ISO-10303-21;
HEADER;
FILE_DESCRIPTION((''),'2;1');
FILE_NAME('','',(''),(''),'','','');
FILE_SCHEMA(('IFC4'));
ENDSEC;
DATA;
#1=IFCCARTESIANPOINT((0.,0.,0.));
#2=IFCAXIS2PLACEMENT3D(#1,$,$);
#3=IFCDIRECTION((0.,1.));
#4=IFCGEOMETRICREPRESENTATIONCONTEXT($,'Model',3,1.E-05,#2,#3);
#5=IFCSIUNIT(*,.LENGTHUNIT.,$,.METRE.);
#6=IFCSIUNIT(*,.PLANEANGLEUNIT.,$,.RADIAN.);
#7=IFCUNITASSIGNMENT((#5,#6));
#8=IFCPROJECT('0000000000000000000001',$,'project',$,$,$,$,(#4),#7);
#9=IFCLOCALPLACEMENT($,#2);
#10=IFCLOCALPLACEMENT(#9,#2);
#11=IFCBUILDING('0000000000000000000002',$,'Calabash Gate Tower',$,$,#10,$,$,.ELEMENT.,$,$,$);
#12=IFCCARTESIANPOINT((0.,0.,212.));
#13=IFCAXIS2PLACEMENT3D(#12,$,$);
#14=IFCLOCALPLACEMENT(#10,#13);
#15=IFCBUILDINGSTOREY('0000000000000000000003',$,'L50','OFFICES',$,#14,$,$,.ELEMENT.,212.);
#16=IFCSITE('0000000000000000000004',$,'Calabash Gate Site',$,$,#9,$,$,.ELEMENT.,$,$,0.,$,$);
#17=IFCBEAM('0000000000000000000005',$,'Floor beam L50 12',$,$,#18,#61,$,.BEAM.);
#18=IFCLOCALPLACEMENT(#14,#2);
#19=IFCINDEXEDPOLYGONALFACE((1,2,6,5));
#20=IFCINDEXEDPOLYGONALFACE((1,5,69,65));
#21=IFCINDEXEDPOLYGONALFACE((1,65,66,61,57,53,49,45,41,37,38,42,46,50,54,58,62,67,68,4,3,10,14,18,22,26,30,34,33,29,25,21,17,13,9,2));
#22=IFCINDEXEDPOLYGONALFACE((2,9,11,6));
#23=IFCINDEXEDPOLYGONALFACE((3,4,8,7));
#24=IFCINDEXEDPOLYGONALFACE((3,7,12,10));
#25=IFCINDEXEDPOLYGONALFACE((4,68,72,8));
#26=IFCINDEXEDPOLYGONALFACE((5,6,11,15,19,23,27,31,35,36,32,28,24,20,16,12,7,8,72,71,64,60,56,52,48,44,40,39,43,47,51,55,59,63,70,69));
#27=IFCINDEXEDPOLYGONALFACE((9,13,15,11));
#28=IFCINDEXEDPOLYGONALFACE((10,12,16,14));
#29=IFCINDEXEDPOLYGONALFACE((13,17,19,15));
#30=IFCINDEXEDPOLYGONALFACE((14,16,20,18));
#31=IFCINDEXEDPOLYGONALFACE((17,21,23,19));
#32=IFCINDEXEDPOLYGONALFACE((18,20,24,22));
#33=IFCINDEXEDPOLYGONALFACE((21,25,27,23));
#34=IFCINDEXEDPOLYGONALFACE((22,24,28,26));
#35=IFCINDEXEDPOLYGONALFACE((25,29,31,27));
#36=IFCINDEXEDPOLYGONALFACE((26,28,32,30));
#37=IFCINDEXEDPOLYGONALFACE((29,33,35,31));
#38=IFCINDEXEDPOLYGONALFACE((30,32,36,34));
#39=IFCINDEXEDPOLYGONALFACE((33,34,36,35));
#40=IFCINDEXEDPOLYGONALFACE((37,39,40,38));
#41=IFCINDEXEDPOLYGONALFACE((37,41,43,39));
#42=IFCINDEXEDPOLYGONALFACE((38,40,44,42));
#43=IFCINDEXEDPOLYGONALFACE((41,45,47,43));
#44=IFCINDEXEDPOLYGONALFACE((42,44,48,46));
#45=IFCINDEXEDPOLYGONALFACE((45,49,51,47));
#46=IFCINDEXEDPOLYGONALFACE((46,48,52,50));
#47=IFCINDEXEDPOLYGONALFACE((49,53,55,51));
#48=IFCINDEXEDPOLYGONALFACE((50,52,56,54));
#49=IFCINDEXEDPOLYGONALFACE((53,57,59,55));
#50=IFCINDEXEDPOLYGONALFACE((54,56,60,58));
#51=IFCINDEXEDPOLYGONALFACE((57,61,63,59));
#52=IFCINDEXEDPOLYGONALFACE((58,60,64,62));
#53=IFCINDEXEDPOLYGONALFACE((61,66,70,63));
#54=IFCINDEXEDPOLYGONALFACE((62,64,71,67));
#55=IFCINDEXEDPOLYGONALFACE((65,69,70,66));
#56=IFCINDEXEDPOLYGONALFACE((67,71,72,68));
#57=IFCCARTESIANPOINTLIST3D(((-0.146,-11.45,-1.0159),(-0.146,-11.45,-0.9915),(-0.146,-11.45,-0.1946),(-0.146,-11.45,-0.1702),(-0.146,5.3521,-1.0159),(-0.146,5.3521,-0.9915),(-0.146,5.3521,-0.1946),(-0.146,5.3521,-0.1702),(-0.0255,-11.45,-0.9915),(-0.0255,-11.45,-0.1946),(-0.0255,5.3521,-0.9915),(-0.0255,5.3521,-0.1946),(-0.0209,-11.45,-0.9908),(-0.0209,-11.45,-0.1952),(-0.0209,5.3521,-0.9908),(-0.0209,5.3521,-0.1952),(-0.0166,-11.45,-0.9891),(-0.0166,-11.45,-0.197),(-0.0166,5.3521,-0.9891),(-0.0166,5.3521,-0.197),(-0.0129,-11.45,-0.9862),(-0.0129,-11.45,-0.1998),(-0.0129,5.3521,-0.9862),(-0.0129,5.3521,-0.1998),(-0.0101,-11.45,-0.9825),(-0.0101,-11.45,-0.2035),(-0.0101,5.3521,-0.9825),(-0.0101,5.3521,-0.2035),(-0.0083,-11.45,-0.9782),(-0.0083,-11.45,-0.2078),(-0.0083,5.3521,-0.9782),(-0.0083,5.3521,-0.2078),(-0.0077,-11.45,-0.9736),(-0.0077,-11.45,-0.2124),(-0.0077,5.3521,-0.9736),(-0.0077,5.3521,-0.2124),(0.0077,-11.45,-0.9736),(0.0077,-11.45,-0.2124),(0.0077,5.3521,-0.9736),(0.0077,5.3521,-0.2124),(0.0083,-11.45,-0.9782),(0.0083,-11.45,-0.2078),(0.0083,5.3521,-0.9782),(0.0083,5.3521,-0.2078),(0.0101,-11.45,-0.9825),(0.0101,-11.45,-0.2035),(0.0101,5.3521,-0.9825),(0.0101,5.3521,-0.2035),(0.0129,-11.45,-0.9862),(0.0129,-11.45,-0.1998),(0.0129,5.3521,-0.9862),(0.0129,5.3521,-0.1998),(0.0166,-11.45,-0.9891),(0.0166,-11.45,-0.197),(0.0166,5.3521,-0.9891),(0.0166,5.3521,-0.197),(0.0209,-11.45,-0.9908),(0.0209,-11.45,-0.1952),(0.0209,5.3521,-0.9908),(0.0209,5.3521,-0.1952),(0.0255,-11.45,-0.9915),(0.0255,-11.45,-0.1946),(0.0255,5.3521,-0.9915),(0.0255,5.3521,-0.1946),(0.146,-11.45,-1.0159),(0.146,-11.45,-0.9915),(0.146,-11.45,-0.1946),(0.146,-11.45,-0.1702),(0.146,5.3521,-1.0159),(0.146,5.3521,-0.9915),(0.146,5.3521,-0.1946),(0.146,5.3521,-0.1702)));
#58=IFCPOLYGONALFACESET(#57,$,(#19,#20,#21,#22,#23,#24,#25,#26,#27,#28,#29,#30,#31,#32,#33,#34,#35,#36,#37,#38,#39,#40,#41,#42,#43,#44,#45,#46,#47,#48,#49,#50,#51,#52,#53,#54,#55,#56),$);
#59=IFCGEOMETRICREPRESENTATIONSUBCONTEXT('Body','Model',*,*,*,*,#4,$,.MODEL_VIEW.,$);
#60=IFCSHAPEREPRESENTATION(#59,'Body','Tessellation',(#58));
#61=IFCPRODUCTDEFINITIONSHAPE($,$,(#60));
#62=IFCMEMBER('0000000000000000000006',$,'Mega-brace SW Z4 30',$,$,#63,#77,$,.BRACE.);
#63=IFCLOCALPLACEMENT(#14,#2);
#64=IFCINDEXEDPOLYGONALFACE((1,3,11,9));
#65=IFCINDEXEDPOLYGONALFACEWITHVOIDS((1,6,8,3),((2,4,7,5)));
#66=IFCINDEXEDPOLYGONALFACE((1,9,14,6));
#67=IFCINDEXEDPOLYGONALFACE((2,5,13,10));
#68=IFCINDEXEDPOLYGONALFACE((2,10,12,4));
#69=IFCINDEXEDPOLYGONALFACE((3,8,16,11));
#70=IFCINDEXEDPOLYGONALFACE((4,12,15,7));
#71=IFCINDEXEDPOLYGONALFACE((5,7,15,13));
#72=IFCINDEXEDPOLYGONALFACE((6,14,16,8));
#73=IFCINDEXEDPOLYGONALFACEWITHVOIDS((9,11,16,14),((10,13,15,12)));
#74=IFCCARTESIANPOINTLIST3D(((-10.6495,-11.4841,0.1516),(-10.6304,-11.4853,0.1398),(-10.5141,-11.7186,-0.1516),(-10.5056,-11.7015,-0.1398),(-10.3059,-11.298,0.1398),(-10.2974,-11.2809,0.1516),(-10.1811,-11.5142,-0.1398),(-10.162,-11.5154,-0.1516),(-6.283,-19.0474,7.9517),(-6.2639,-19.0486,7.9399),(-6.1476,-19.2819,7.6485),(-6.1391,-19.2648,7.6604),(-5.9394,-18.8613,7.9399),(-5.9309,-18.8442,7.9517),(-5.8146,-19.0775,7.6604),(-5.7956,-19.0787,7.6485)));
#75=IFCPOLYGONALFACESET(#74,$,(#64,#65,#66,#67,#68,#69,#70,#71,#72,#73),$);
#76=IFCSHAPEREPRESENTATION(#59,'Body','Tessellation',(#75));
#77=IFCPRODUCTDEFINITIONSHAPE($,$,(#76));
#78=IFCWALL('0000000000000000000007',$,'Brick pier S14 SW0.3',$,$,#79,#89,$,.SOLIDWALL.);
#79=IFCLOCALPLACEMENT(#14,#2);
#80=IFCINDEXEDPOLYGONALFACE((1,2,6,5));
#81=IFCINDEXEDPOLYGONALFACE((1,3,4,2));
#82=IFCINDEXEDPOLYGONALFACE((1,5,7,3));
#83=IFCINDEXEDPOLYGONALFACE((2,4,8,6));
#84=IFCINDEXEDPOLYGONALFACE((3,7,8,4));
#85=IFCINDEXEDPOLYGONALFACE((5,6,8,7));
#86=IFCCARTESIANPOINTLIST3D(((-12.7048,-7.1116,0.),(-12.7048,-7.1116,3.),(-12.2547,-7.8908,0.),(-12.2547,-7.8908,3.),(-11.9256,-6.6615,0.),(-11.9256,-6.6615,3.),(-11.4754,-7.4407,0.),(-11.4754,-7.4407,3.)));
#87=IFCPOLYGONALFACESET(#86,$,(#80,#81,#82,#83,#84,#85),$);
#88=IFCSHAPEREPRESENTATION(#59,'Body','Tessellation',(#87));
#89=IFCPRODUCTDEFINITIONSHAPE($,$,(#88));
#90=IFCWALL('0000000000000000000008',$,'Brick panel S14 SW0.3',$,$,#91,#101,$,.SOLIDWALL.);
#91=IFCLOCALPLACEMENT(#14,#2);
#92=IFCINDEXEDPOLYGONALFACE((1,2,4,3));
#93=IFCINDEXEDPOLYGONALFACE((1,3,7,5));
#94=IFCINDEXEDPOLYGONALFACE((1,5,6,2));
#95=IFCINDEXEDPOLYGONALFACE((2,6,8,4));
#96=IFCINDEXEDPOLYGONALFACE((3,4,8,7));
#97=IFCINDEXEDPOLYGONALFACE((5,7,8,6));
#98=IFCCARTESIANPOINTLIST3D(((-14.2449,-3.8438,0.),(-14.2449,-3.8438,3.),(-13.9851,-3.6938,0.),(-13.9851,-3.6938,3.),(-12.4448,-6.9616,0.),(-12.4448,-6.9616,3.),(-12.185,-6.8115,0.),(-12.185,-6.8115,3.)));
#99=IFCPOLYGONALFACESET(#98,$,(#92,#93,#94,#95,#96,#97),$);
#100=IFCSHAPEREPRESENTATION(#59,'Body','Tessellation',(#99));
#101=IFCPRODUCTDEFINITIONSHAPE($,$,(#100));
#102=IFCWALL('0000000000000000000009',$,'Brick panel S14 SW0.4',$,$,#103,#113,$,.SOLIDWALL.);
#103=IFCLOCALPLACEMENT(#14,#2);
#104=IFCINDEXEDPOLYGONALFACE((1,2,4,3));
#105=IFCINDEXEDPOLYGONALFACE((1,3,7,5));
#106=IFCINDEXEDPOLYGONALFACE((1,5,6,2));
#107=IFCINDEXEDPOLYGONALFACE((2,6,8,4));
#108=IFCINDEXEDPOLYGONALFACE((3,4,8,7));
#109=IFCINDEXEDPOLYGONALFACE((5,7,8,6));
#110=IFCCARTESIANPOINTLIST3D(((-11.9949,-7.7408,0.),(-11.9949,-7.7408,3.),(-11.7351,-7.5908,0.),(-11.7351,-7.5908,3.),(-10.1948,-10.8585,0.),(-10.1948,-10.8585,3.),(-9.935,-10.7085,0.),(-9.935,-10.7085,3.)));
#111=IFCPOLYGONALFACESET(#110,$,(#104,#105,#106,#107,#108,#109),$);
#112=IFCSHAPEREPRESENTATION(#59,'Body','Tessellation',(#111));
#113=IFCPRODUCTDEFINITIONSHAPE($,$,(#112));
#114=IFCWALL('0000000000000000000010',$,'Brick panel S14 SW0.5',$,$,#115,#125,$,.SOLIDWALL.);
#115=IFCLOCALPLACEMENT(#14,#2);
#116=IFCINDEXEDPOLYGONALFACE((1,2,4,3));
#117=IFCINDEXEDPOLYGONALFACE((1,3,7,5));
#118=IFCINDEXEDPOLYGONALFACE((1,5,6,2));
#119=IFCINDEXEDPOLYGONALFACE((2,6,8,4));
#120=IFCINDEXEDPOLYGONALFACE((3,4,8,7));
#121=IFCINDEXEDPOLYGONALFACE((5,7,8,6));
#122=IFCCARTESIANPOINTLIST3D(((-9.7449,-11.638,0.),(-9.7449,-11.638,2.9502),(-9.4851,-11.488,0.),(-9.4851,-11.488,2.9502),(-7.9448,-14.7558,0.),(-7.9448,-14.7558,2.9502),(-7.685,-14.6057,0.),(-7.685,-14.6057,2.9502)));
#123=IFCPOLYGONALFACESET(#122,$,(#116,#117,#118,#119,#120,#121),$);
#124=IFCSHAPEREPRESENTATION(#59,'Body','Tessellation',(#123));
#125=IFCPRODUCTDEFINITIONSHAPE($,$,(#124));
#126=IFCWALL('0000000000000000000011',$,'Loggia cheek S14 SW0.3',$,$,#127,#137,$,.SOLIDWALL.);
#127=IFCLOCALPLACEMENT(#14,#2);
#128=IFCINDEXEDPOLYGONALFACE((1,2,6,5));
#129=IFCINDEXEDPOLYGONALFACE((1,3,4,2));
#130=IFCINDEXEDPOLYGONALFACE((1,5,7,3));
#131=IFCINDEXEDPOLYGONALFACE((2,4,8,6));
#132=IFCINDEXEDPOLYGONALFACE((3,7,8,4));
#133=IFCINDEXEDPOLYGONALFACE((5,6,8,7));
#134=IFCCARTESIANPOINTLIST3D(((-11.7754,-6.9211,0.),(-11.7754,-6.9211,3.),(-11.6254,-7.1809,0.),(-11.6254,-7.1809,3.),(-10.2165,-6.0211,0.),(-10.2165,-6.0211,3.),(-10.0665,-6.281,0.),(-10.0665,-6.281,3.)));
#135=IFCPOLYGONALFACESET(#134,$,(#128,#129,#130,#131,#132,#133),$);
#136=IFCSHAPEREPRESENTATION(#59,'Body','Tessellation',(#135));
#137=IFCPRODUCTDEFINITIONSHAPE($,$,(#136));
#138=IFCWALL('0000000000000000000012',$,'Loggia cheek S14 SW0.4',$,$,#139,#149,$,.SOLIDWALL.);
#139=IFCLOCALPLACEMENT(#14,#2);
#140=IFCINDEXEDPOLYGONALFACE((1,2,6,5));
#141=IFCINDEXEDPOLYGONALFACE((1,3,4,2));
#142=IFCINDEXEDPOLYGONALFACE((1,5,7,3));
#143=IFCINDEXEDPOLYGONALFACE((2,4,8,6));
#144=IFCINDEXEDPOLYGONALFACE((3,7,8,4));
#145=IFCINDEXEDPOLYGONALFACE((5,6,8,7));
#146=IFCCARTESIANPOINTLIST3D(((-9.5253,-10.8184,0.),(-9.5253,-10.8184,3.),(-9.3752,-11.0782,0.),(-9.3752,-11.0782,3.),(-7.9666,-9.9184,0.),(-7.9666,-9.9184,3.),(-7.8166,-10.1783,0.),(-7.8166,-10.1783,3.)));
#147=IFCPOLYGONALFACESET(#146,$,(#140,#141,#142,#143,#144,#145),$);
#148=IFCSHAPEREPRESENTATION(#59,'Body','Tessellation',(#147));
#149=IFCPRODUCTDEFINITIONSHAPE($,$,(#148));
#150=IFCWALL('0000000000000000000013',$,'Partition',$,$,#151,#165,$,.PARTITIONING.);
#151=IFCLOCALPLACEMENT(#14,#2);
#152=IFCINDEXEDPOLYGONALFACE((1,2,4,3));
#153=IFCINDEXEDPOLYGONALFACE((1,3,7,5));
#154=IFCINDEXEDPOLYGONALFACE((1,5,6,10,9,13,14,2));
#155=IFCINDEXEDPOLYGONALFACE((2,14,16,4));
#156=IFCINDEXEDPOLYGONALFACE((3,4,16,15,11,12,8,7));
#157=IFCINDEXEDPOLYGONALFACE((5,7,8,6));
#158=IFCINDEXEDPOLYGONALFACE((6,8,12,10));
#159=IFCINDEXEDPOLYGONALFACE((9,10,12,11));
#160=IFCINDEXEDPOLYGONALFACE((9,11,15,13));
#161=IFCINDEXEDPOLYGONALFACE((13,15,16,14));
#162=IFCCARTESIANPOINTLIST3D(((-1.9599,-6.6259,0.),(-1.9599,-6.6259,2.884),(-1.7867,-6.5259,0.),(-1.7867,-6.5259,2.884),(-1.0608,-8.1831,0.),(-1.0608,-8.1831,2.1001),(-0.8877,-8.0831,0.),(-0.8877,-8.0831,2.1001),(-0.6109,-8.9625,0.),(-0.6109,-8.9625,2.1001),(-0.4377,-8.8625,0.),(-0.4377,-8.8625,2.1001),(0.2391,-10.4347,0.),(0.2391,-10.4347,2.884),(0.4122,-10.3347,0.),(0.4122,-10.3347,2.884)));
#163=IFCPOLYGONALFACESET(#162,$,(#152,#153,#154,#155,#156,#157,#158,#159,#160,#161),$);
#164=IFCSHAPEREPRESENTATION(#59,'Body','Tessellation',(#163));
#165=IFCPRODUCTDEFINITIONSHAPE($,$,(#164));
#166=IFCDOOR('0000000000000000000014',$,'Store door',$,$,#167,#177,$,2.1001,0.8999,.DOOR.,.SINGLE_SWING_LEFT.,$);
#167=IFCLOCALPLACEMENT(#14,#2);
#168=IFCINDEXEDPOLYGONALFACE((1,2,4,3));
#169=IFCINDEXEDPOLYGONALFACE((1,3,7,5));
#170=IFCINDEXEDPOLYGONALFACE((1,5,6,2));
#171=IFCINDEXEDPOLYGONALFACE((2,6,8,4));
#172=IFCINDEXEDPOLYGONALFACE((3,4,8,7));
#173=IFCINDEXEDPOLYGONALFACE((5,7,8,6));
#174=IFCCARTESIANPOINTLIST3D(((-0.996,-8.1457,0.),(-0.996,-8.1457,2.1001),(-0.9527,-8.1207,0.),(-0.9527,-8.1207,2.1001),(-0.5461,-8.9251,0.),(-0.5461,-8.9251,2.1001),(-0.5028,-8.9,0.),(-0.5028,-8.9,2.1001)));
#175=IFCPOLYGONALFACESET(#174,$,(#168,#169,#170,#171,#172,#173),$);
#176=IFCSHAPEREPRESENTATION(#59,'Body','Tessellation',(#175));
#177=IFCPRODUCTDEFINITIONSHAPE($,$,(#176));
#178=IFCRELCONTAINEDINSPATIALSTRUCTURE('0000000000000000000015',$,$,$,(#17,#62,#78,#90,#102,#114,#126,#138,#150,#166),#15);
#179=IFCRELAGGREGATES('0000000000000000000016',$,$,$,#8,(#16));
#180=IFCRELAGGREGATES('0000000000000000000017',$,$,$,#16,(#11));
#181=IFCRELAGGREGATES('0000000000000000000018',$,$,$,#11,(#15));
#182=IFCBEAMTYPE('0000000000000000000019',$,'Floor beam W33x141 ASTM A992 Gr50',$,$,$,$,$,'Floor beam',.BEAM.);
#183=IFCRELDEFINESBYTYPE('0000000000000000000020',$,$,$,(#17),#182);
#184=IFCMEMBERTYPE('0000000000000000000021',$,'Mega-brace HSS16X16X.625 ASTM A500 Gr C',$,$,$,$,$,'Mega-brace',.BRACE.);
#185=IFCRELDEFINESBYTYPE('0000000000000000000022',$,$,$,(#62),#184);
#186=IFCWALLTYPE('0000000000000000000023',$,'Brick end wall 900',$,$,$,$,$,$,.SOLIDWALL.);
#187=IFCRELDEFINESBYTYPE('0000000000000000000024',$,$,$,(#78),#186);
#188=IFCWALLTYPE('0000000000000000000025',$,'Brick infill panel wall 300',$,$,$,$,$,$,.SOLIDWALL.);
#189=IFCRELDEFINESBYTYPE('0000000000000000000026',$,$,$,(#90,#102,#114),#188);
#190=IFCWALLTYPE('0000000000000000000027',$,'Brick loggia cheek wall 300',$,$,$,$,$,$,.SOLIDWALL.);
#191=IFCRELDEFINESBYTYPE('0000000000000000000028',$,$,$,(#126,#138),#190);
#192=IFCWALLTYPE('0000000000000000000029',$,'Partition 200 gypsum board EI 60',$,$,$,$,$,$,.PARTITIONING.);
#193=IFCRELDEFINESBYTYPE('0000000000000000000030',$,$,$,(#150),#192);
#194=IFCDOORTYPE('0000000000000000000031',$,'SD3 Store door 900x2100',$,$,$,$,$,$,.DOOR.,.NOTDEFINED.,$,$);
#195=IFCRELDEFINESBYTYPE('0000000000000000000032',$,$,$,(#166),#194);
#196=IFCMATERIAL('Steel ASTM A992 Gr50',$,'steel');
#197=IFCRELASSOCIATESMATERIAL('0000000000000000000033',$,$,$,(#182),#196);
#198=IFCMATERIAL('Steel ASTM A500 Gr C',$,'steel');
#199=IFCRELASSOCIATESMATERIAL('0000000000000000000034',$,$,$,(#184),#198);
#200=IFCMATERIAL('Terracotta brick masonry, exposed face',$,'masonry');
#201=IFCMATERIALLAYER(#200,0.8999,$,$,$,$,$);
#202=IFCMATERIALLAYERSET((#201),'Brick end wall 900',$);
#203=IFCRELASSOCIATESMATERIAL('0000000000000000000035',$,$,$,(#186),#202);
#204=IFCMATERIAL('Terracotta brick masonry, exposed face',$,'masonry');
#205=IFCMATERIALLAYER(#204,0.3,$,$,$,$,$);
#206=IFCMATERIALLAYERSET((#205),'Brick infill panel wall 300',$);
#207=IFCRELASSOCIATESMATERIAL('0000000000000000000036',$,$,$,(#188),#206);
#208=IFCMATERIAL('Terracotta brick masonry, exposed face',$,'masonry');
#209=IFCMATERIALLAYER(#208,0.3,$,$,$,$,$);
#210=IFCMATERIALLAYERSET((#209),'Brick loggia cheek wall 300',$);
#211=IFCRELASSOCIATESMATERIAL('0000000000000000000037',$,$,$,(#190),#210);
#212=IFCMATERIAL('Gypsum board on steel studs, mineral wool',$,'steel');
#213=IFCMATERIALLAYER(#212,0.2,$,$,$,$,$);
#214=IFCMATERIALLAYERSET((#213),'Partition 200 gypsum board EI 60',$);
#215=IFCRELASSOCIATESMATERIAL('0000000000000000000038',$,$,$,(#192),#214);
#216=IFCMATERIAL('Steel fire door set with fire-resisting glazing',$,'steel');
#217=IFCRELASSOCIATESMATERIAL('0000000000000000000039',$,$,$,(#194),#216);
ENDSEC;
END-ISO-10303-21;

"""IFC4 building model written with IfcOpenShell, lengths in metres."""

from ifc_helpers import new_model, si_unit, direction, frame, frame_2d, origin, origin_2d, place, context, subcontext, project, spatial, rectangle, hollow_rectangle, i_section, extrude, material, layer, layer_set, material_profile, profile_set, type_object, element, fill, save


model = new_model("IFC4")

# Units and contexts
model_context = context("Model", 3, precision=1e-05, world=origin(), true_north=direction((0.0, 1.0)))
body_context = subcontext(model_context, "Body", "Model", "MODEL_VIEW")
ifc_project = project(units=[si_unit("LENGTHUNIT", "METRE"), si_unit("PLANEANGLEUNIT", "RADIAN")], contexts=[model_context])

# Site, building, storey
site_placement = place(None, origin())
site = spatial("IfcSite", under=ifc_project, at=site_placement, Name="Calabash Gate Site", CompositionType="ELEMENT", RefElevation=0.0)
building_placement = place(site_placement, origin())
building = spatial("IfcBuilding", under=site, at=building_placement, Name="Calabash Gate Tower", CompositionType="ELEMENT")
storey_placement = place(building_placement, frame((0.0, 0.0, 212.0)))
storey = spatial("IfcBuildingStorey", under=building, at=storey_placement, Name="L50", Description="OFFICES", CompositionType="ELEMENT", Elevation=212.0)

# Beam
ifc_material_1 = material(Name="Steel ASTM A992 Gr50", Category="steel")
ifc_material_profile_1 = material_profile(ifc_material_1, i_section(OverallWidth=0.292, OverallDepth=0.8457, WebThickness=0.0154, FlangeThickness=0.0244, FilletRadius=0.0178, at=origin_2d()))
ifc_profile_set_1 = profile_set([ifc_material_profile_1], Name="Steel ASTM A992 Gr50")
beam_type_1 = type_object("IfcBeamType", Name="Floor beam W33x141 ASTM A992 Gr50", ElementType="Floor beam", PredefinedType="BEAM", material=ifc_profile_set_1)
beam_1_placement = place(storey_placement, frame((0.0, -11.45, -0.593), z_axis=(0.0, 1.0, 0.0), x_axis=(-1.0, 0.0, 0.0)))
element("IfcBeam", 1, at=beam_1_placement, inside=storey, type_object=beam_type_1, Name="Floor beam L50 12", PredefinedType="BEAM", context=body_context, shape_type="SweptSolid", body=[
    extrude(i_section(OverallWidth=0.292, OverallDepth=0.8457, WebThickness=0.0154, FlangeThickness=0.0244, FilletRadius=0.0178, at=origin_2d()), origin(), (0.0, 0.0, 1.0), 16.802),
])

# Member
ifc_material_2 = material(Name="Steel ASTM A500 Gr C", Category="steel")
ifc_material_profile_2 = material_profile(ifc_material_2, hollow_rectangle(XDim=0.4065, YDim=0.4065, WallThickness=0.0159, at=origin_2d()))
ifc_profile_set_2 = profile_set([ifc_material_profile_2], Name="Steel ASTM A500 Gr C")
member_type = type_object("IfcMemberType", Name="Mega-brace HSS16X16X.625 ASTM A500 Gr C", ElementType="Mega-brace", PredefinedType="BRACE", material=ifc_profile_set_2)
member_placement = place(storey_placement, frame((-10.4058, -11.4998, 0.0), z_axis=(0.372903, -0.645913, 0.666138), x_axis=(0.866034, 0.499985, 0.0)))
element("IfcMember", 2, at=member_placement, inside=storey, type_object=member_type, Name="Mega-brace SW Z4 30", PredefinedType="BRACE", context=body_context, shape_type="SweptSolid", body=[
    extrude(hollow_rectangle(XDim=0.4065, YDim=0.4065, WallThickness=0.0159, at=origin_2d()), origin(), (0.0, 0.0, 1.0), 11.7095),
])

# Walls
ifc_material_3 = material(Name="Terracotta brick masonry, exposed face", Category="masonry")
ifc_layer_1 = layer(ifc_material_3, 0.8999)
ifc_layer_set_1 = layer_set([ifc_layer_1], Name="Brick end wall 900")
wall_type_1 = type_object("IfcWallType", Name="Brick end wall 900", PredefinedType="SOLIDWALL", material=ifc_layer_set_1)
wall_1_placement = place(storey_placement, frame((-12.4797, -7.5012, 0.0), z_axis=(0.0, 0.0, 1.0), x_axis=(0.865896, 0.500223, 0.0)))
element("IfcWall", 3, at=wall_1_placement, inside=storey, type_object=wall_type_1, Name="Brick pier S14 SW0.3", PredefinedType="SOLIDWALL", context=body_context, shape_type="SweptSolid", body=[
    extrude(rectangle(XDim=0.8999, YDim=0.8999, at=frame_2d((0.45, 0.0))), origin(), (0.0, 0.0, 1.0), 3.0),
])
ifc_material_4 = material(Name="Terracotta brick masonry, exposed face", Category="masonry")
ifc_layer_2 = layer(ifc_material_4, 0.3)
ifc_layer_set_2 = layer_set([ifc_layer_2], Name="Brick infill panel wall 300")
wall_type_2 = type_object("IfcWallType", Name="Brick infill panel wall 300", PredefinedType="SOLIDWALL", material=ifc_layer_set_2)
for number, where, z_axis, x_axis, name in (
    (4, (-14.115, -3.7688, 0.0), (0.0, 0.0, 1.0), (0.500012, -0.866018, 0.0), "Brick panel S14 SW0.3"),
    (5, (-11.865, -7.6658, 0.0), (0.0, 0.0, 1.0), (0.500012, -0.866018, 0.0), "Brick panel S14 SW0.4"),
):
    element("IfcWall", number, at=place(storey_placement, frame(where, z_axis=z_axis, x_axis=x_axis)), inside=storey, type_object=wall_type_2, Name=name, PredefinedType="SOLIDWALL", context=body_context, shape_type="SweptSolid", body=[
        extrude(rectangle(XDim=3.6001, YDim=0.3, at=frame_2d((1.8, 0.0))), origin(), (0.0, 0.0, 1.0), 3.0),
    ])
wall_2_placement = place(storey_placement, frame((-9.615, -11.563, 0.0), z_axis=(0.0, 0.0, 1.0), x_axis=(0.500012, -0.866018, 0.0)))
element("IfcWall", 6, at=wall_2_placement, inside=storey, type_object=wall_type_2, Name="Brick panel S14 SW0.5", PredefinedType="SOLIDWALL", context=body_context, shape_type="SweptSolid", body=[
    extrude(rectangle(XDim=3.6001, YDim=0.3, at=frame_2d((1.8, 0.0))), origin(), (0.0, 0.0, 1.0), 2.9502),
])
ifc_material_5 = material(Name="Terracotta brick masonry, exposed face", Category="masonry")
ifc_layer_3 = layer(ifc_material_5, 0.3)
ifc_layer_set_3 = layer_set([ifc_layer_3], Name="Brick loggia cheek wall 300")
wall_type_3 = type_object("IfcWallType", Name="Brick loggia cheek wall 300", PredefinedType="SOLIDWALL", material=ifc_layer_set_3)
wall_3_placement = place(storey_placement, frame((-10.1416, -6.1511, 0.0), z_axis=(0.0, 0.0, 1.0), x_axis=(-0.866048, -0.499961, 0.0)))
element("IfcWall", 7, at=wall_3_placement, inside=storey, type_object=wall_type_3, Name="Loggia cheek S14 SW0.3", PredefinedType="SOLIDWALL", context=body_context, shape_type="SweptSolid", body=[
    extrude(rectangle(XDim=1.8, YDim=0.3, at=frame_2d((0.8999, 0.0))), origin(), (0.0, 0.0, 1.0), 3.0),
])
wall_4_placement = place(storey_placement, frame((-7.8916, -10.0483, 0.0), z_axis=(0.0, 0.0, 1.0), x_axis=(-0.866014, -0.50002, 0.0)))
element("IfcWall", 8, at=wall_4_placement, inside=storey, type_object=wall_type_3, Name="Loggia cheek S14 SW0.4", PredefinedType="SOLIDWALL", context=body_context, shape_type="SweptSolid", body=[
    extrude(rectangle(XDim=1.7998, YDim=0.3, at=frame_2d((0.8999, 0.0))), origin(), (0.0, 0.0, 1.0), 3.0),
])

# Wall, opening, door
ifc_material_6 = material(Name="Gypsum board on steel studs, mineral wool", Category="steel")
ifc_layer_4 = layer(ifc_material_6, 0.2)
ifc_layer_set_4 = layer_set([ifc_layer_4], Name="Partition 200 gypsum board EI 60")
wall_type_4 = type_object("IfcWallType", Name="Partition 200 gypsum board EI 60", PredefinedType="PARTITIONING", material=ifc_layer_set_4)
wall_5_placement = place(storey_placement, frame((-1.8733, -6.5759, 0.0), z_axis=(0.0, 0.0, 1.0), x_axis=(0.49999, -0.866031, 0.0)))
wall_5 = element("IfcWall", 9, at=wall_5_placement, inside=storey, type_object=wall_type_4, Name="Partition", PredefinedType="PARTITIONING", context=body_context, shape_type="SweptSolid", body=[
    extrude(rectangle(XDim=4.3979, YDim=0.2, at=frame_2d((2.199, 0.0))), origin(), (0.0, 0.0, 1.0), 2.884),
])
opening_placement = place(wall_5_placement, frame((1.7981, 0.0, 0.0)))
opening = element("IfcOpeningElement", 10, at=opening_placement, cuts=wall_5, PredefinedType="OPENING", context=body_context, shape_type="SweptSolid", body=[
    extrude(rectangle(XDim=0.8999, YDim=2.1001, at=frame_2d((0.45, 1.05))), frame((0.0, 0.1099, 0.0), z_axis=(0.0, -1.0, 0.0), x_axis=(1.0, 0.0, 0.0)), (0.0, 0.0, 1.0), 0.22),
])
ifc_material_7 = material(Name="Steel fire door set with fire-resisting glazing", Category="steel")
door_type = type_object("IfcDoorType", Name="SD3 Store door 900x2100", OperationType="NOTDEFINED", PredefinedType="DOOR", material=ifc_material_7)
door_placement = place(opening_placement, origin())
door = element("IfcDoor", 11, at=door_placement, inside=storey, type_object=door_type, Name="Store door", OperationType="SINGLE_SWING_LEFT", OverallHeight=2.1001, OverallWidth=0.8999, PredefinedType="DOOR", context=body_context, shape_type="SweptSolid", body=[
    extrude(rectangle(XDim=0.8999, YDim=2.1001, at=frame_2d((0.45, 1.05))), frame((0.0, 0.0249, 0.0), z_axis=(0.0, -1.0, 0.0), x_axis=(1.0, 0.0, 0.0)), (0.0, 0.0, 1.0), 0.05),
])
fill(opening, door)

save(model, "model.ifc")
